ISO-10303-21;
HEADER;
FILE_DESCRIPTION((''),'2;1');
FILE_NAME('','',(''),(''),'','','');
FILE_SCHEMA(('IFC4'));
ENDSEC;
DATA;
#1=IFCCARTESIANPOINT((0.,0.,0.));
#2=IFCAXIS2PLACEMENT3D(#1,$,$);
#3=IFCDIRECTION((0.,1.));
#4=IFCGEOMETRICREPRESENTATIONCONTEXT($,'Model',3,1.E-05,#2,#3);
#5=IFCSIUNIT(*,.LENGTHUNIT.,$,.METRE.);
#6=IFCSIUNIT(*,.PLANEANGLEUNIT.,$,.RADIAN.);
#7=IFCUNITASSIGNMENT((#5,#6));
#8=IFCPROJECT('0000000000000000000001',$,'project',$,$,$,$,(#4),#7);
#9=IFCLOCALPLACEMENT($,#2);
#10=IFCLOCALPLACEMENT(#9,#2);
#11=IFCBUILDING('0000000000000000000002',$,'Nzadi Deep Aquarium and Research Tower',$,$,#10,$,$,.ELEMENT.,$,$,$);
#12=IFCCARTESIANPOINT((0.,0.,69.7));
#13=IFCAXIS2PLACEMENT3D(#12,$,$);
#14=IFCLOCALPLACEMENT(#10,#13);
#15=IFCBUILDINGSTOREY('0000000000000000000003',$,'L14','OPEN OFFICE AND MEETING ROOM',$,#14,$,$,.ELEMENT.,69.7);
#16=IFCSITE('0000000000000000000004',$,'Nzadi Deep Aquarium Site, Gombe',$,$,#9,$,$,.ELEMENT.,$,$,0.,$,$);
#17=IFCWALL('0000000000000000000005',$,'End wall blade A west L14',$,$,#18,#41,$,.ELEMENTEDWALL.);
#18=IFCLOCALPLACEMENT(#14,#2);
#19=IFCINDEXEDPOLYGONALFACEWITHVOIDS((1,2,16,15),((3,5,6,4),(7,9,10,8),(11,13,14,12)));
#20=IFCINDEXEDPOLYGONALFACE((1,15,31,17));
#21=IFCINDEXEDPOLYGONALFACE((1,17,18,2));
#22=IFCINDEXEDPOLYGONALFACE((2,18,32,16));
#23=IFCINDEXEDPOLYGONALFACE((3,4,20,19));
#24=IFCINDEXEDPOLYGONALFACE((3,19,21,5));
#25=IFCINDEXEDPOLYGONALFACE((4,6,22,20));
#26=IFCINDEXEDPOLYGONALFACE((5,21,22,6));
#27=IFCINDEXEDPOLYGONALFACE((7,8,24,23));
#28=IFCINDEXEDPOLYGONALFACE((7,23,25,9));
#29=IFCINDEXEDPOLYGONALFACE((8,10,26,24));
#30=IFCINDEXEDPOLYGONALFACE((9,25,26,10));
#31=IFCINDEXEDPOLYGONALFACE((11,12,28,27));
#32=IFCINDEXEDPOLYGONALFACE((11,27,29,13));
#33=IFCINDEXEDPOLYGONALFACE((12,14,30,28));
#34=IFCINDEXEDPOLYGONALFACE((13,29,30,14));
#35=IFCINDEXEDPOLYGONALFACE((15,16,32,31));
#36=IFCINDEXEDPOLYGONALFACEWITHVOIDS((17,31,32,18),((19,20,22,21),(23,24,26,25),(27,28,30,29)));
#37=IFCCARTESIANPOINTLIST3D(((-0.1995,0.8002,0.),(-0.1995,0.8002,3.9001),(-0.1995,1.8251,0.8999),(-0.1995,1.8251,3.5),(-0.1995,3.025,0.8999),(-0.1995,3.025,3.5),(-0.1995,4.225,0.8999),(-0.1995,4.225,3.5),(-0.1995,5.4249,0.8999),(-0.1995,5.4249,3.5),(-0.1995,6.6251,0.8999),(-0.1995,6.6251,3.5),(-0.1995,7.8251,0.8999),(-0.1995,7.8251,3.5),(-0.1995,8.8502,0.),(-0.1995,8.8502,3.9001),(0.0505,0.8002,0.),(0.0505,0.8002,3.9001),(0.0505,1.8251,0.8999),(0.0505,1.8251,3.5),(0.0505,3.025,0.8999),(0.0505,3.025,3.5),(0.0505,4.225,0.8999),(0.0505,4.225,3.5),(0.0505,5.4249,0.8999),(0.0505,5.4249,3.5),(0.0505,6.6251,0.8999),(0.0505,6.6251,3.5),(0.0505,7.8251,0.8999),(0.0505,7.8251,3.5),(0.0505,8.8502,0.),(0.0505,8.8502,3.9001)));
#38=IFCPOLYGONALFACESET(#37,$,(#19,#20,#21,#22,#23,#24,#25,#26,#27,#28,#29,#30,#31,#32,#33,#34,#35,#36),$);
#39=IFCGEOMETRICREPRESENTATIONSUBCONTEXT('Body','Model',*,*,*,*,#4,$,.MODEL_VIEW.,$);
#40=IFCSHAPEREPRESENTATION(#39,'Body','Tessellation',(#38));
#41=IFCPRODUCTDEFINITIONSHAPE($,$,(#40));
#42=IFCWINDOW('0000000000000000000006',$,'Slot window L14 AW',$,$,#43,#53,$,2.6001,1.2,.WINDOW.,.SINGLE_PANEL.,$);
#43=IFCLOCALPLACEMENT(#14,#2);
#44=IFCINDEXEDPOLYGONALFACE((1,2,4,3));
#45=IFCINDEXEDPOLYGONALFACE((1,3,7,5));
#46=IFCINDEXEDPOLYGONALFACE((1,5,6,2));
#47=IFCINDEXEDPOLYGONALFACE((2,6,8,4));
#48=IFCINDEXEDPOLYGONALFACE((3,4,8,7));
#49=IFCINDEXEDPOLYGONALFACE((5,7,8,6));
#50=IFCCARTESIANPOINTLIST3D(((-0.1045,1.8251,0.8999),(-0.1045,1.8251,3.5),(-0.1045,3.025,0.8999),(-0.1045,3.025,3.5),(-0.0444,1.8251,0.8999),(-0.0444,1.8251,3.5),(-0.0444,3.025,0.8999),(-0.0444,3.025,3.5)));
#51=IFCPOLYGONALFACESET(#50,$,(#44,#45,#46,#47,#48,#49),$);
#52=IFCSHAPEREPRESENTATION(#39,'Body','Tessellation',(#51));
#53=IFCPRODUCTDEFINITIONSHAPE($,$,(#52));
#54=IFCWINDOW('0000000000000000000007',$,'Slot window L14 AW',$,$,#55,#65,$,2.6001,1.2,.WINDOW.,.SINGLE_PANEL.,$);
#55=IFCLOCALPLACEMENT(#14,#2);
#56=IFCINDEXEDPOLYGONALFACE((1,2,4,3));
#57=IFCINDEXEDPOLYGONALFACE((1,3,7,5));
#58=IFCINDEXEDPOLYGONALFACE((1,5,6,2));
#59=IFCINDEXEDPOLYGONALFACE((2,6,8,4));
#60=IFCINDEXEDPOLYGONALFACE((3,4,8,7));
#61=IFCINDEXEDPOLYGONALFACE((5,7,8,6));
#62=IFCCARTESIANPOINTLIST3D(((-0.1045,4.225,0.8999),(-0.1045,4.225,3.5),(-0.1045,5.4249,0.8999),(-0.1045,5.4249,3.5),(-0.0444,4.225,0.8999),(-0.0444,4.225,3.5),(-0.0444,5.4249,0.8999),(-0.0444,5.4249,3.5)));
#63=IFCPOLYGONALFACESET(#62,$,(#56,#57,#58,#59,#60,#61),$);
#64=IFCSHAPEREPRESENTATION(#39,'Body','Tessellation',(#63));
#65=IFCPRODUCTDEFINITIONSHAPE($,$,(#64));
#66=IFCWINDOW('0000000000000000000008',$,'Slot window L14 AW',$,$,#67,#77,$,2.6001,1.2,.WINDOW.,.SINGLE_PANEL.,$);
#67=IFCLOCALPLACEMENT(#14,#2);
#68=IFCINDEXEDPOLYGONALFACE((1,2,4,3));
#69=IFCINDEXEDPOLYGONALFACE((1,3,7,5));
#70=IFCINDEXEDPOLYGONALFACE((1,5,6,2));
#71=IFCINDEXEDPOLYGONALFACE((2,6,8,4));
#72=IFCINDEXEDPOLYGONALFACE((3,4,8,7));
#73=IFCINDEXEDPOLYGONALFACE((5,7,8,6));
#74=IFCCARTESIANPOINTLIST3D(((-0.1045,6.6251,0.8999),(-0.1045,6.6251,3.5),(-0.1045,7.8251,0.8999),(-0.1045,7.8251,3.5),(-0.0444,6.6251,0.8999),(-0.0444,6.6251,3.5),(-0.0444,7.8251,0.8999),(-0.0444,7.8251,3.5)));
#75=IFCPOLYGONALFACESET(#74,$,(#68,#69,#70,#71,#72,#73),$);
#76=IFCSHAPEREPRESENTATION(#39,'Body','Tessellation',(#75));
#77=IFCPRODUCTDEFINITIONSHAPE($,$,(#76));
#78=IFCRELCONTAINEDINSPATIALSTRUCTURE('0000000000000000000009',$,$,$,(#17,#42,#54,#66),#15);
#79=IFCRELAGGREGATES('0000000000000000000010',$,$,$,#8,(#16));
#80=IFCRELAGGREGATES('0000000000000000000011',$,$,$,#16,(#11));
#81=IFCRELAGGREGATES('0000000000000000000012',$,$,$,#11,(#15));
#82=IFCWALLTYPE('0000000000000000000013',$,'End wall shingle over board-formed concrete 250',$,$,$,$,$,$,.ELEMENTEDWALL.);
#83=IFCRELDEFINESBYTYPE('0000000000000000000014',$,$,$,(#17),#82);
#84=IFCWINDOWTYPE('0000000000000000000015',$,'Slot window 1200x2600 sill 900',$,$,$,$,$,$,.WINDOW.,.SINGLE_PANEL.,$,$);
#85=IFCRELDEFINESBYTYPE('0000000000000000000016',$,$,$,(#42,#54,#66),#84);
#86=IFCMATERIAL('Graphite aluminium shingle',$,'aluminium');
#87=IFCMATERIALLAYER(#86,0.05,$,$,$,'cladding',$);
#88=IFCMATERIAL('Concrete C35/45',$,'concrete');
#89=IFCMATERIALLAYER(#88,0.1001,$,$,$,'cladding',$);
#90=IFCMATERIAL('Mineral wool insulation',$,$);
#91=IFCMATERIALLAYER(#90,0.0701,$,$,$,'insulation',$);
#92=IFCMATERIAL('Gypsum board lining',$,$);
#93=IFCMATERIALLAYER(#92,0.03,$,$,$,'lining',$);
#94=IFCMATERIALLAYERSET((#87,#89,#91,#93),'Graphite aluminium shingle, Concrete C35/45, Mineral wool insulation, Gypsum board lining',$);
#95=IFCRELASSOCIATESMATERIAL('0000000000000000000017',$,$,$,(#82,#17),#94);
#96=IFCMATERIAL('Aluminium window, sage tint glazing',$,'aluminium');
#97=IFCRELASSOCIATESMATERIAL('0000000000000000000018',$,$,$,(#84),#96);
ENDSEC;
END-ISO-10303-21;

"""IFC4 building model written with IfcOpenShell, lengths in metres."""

from ifc_helpers import new_model, si_unit, direction, frame, frame_2d, origin, place, context, subcontext, project, spatial, rectangle, extrude, material, layer, layer_set, layer_usage, type_object, element, fill, save


model = new_model("IFC4")

# Units and contexts
model_context = context("Model", 3, precision=1e-05, world=origin(), true_north=direction((0.0, 1.0)))
body_context = subcontext(model_context, "Body", "Model", "MODEL_VIEW")
ifc_project = project(units=[si_unit("LENGTHUNIT", "METRE"), si_unit("PLANEANGLEUNIT", "RADIAN")], contexts=[model_context])

# Site, building, storey
site_placement = place(None, origin())
site = spatial("IfcSite", under=ifc_project, at=site_placement, Name="Nzadi Deep Aquarium Site, Gombe", CompositionType="ELEMENT", RefElevation=0.0)
building_placement = place(site_placement, origin())
building = spatial("IfcBuilding", under=site, at=building_placement, Name="Nzadi Deep Aquarium and Research Tower", CompositionType="ELEMENT")
storey_placement = place(building_placement, frame((0.0, 0.0, 69.7)))
storey = spatial("IfcBuildingStorey", under=building, at=storey_placement, Name="L14", Description="OPEN OFFICE AND MEETING ROOM", CompositionType="ELEMENT", Elevation=69.7)

# Wall, openings, windows
ifc_material_1 = material(Name="Graphite aluminium shingle", Category="aluminium")
ifc_layer_1 = layer(ifc_material_1, 0.05, Category="cladding")
ifc_material_2 = material(Name="Concrete C35/45", Category="concrete")
ifc_layer_2 = layer(ifc_material_2, 0.1001, Category="cladding")
ifc_material_3 = material(Name="Mineral wool insulation")
ifc_layer_3 = layer(ifc_material_3, 0.0701, Category="insulation")
ifc_material_4 = material(Name="Gypsum board lining")
ifc_layer_4 = layer(ifc_material_4, 0.03, Category="lining")
ifc_layer_set_1 = layer_set([ifc_layer_1, ifc_layer_2, ifc_layer_3, ifc_layer_4], Name="Graphite aluminium shingle, Concrete C35/45, Mineral wool insulation, Gypsum board lining")
ifc_layer_usage = layer_usage(ifc_layer_set_1, "AXIS2", "POSITIVE", -0.125)
wall_type = type_object("IfcWallType", Name="End wall shingle over board-formed concrete 250", PredefinedType="ELEMENTEDWALL", material=ifc_layer_set_1)
wall_placement = place(storey_placement, frame((-0.0745, 8.8501, 0.0), z_axis=(0.0, 0.0, 1.0), x_axis=(0.0, -1.0, 0.0)))
wall = element("IfcWall", 1, at=wall_placement, inside=storey, type_object=wall_type, material=ifc_layer_usage, Name="End wall blade A west L14", PredefinedType="ELEMENTEDWALL", context=body_context, shape_type="SweptSolid", body=[
    extrude(rectangle(XDim=8.05, YDim=0.25, at=frame_2d((4.0249, 0.0))), origin(), (0.0, 0.0, 1.0), 3.9001),
])
opening_1_placement = place(wall_placement, frame((5.825, 0.0, 0.8999)))
opening_1 = element("IfcOpeningElement", 2, at=opening_1_placement, cuts=wall, PredefinedType="OPENING", context=body_context, shape_type="SweptSolid", body=[
    extrude(rectangle(XDim=1.2, YDim=2.6001, at=frame_2d((0.6001, 1.3))), frame((0.0, 0.135, 0.0), z_axis=(0.0, -1.0, 0.0), x_axis=(1.0, 0.0, 0.0)), (0.0, 0.0, 1.0), 0.27),
])
opening_2_placement = place(wall_placement, frame((3.425, 0.0, 0.8999)))
opening_2 = element("IfcOpeningElement", 3, at=opening_2_placement, cuts=wall, PredefinedType="OPENING", context=body_context, shape_type="SweptSolid", body=[
    extrude(rectangle(XDim=1.2, YDim=2.6001, at=frame_2d((0.6001, 1.3))), frame((0.0, 0.135, 0.0), z_axis=(0.0, -1.0, 0.0), x_axis=(1.0, 0.0, 0.0)), (0.0, 0.0, 1.0), 0.27),
])
opening_3_placement = place(wall_placement, frame((1.0249, 0.0, 0.8999)))
opening_3 = element("IfcOpeningElement", 4, at=opening_3_placement, cuts=wall, PredefinedType="OPENING", context=body_context, shape_type="SweptSolid", body=[
    extrude(rectangle(XDim=1.2, YDim=2.6001, at=frame_2d((0.6001, 1.3))), frame((0.0, 0.135, 0.0), z_axis=(0.0, -1.0, 0.0), x_axis=(1.0, 0.0, 0.0)), (0.0, 0.0, 1.0), 0.27),
])
ifc_material_5 = material(Name="Aluminium window, sage tint glazing", Category="aluminium")
window_type = type_object("IfcWindowType", Name="Slot window 1200x2600 sill 900", PartitioningType="SINGLE_PANEL", PredefinedType="WINDOW", material=ifc_material_5)
window_1_placement = place(opening_1_placement, origin())
window_1 = element("IfcWindow", 5, at=window_1_placement, inside=storey, type_object=window_type, Name="Slot window L14 AW", OverallHeight=2.6001, OverallWidth=1.2, PartitioningType="SINGLE_PANEL", PredefinedType="WINDOW", context=body_context, shape_type="SweptSolid", body=[
    extrude(rectangle(XDim=1.2, YDim=2.6001, at=frame_2d((0.6001, 1.3))), frame((0.0, 0.03, 0.0), z_axis=(0.0, -1.0, 0.0), x_axis=(1.0, 0.0, 0.0)), (0.0, 0.0, 1.0), 0.0601),
])
fill(opening_1, window_1)
window_2_placement = place(opening_2_placement, origin())
window_2 = element("IfcWindow", 6, at=window_2_placement, inside=storey, type_object=window_type, Name="Slot window L14 AW", OverallHeight=2.6001, OverallWidth=1.2, PartitioningType="SINGLE_PANEL", PredefinedType="WINDOW", context=body_context, shape_type="SweptSolid", body=[
    extrude(rectangle(XDim=1.2, YDim=2.6001, at=frame_2d((0.6001, 1.3))), frame((0.0, 0.03, 0.0), z_axis=(0.0, -1.0, 0.0), x_axis=(1.0, 0.0, 0.0)), (0.0, 0.0, 1.0), 0.0601),
])
fill(opening_2, window_2)
window_3_placement = place(opening_3_placement, origin())
window_3 = element("IfcWindow", 7, at=window_3_placement, inside=storey, type_object=window_type, Name="Slot window L14 AW", OverallHeight=2.6001, OverallWidth=1.2, PartitioningType="SINGLE_PANEL", PredefinedType="WINDOW", context=body_context, shape_type="SweptSolid", body=[
    extrude(rectangle(XDim=1.2, YDim=2.6001, at=frame_2d((0.6001, 1.3))), frame((0.0, 0.03, 0.0), z_axis=(0.0, -1.0, 0.0), x_axis=(1.0, 0.0, 0.0)), (0.0, 0.0, 1.0), 0.0601),
])
fill(opening_3, window_3)

save(model, "model.ifc")
